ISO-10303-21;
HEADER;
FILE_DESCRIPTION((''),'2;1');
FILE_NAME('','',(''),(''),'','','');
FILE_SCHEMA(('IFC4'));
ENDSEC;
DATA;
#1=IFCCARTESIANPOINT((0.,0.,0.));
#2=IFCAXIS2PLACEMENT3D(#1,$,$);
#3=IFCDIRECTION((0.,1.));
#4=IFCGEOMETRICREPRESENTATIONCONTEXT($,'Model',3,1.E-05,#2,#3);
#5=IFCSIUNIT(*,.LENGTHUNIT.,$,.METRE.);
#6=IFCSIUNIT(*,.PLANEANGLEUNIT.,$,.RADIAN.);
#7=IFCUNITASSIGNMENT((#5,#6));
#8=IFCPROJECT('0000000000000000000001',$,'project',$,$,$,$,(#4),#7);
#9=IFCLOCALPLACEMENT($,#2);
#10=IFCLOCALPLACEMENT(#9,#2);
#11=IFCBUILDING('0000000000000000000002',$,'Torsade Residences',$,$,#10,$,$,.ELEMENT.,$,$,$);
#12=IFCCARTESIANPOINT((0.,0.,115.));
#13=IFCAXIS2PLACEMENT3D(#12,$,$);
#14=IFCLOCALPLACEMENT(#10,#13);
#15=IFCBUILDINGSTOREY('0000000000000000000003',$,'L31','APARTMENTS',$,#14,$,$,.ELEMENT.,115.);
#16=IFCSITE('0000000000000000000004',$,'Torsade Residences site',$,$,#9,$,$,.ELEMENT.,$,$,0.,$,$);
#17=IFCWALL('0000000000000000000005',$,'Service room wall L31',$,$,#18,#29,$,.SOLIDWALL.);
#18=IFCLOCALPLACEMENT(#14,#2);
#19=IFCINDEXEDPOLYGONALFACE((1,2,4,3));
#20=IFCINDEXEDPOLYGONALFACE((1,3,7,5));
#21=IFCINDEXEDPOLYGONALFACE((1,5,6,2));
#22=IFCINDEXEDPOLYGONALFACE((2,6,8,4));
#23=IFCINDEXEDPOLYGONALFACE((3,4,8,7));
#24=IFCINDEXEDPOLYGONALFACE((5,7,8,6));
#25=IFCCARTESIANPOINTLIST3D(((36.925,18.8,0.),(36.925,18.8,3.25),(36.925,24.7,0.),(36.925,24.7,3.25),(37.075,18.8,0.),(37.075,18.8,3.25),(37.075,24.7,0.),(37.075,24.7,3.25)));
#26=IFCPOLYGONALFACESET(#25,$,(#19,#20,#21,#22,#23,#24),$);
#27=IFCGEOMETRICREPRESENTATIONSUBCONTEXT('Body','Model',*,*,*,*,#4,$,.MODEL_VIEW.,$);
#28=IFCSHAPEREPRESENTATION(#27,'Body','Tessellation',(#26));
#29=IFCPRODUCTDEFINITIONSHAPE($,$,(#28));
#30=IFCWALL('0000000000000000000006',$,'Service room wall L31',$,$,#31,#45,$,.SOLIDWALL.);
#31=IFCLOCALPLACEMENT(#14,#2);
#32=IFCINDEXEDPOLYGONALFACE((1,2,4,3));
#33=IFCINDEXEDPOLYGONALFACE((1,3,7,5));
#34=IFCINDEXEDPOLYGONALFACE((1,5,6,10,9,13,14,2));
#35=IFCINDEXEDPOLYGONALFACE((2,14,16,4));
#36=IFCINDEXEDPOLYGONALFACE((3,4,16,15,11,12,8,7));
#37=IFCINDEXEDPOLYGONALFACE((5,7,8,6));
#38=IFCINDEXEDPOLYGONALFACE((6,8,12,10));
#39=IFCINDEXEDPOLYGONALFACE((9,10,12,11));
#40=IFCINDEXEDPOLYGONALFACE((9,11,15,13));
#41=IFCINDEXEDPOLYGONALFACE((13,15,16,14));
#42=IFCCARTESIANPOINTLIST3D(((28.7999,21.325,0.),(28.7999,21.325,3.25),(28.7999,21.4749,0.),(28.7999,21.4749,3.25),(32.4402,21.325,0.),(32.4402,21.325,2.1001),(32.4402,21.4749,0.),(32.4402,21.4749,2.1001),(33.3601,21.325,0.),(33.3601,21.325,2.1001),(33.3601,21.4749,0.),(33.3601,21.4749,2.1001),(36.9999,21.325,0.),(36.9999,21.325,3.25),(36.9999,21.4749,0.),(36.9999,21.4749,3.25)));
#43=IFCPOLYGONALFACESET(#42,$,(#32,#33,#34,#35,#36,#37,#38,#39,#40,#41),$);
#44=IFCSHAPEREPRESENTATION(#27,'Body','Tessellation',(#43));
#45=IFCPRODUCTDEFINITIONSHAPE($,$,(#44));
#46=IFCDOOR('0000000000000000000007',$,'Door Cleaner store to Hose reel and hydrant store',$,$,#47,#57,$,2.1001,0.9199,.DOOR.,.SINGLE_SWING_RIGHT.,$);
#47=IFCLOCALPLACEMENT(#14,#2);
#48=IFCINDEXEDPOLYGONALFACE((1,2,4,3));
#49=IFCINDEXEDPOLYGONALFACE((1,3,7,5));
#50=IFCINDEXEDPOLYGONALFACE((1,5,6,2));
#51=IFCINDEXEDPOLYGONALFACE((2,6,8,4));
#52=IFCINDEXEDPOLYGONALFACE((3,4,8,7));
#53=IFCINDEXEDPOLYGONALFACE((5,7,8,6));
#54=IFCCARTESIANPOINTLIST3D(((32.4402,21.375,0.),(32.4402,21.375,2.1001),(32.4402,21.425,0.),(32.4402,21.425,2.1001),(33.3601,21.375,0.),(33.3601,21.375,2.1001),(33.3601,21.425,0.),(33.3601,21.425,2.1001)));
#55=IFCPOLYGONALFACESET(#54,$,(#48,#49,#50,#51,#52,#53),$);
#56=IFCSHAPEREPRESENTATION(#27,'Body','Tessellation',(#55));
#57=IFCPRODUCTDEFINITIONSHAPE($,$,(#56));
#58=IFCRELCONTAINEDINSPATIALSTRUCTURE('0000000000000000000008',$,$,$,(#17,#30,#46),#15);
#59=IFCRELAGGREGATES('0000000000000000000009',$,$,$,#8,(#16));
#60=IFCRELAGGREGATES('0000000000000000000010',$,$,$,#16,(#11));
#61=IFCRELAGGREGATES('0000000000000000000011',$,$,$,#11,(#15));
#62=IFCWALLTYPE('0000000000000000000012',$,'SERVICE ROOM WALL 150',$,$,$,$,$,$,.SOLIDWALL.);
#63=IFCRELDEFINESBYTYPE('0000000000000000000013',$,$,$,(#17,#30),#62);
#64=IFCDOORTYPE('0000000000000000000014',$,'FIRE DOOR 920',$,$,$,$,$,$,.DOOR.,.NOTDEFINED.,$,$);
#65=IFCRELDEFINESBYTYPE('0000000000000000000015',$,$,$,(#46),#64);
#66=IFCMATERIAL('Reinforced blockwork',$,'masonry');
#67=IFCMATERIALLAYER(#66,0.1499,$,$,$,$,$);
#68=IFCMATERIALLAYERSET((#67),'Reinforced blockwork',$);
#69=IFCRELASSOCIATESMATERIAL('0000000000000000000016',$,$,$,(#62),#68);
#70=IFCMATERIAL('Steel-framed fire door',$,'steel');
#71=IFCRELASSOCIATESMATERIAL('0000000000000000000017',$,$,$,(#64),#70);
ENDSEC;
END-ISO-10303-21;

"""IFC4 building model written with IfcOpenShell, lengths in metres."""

from ifc_helpers import new_model, si_unit, direction, frame, frame_2d, origin, place, context, subcontext, project, spatial, rectangle, extrude, material, layer, layer_set, type_object, element, fill, save


model = new_model("IFC4")

# Units and contexts
model_context = context("Model", 3, precision=1e-05, world=origin(), true_north=direction((0.0, 1.0)))
body_context = subcontext(model_context, "Body", "Model", "MODEL_VIEW")
ifc_project = project(units=[si_unit("LENGTHUNIT", "METRE"), si_unit("PLANEANGLEUNIT", "RADIAN")], contexts=[model_context])

# Site, building, storey
site_placement = place(None, origin())
site = spatial("IfcSite", under=ifc_project, at=site_placement, Name="Torsade Residences site", CompositionType="ELEMENT", RefElevation=0.0)
building_placement = place(site_placement, origin())
building = spatial("IfcBuilding", under=site, at=building_placement, Name="Torsade Residences", CompositionType="ELEMENT")
storey_placement = place(building_placement, frame((0.0, 0.0, 115.0)))
storey = spatial("IfcBuildingStorey", under=building, at=storey_placement, Name="L31", Description="APARTMENTS", CompositionType="ELEMENT", Elevation=115.0)

# Wall
ifc_material_1 = material(Name="Reinforced blockwork", Category="masonry")
ifc_layer_1 = layer(ifc_material_1, 0.1499)
ifc_layer_set_1 = layer_set([ifc_layer_1], Name="Reinforced blockwork")
wall_type_1 = type_object("IfcWallType", Name="SERVICE ROOM WALL 150", PredefinedType="SOLIDWALL", material=ifc_layer_set_1)
wall_1_placement = place(storey_placement, frame((37.0, 18.8, 0.0), z_axis=(0.0, 0.0, 1.0), x_axis=(0.0, 1.0, 0.0)))
element("IfcWall", 1, at=wall_1_placement, inside=storey, type_object=wall_type_1, Name="Service room wall L31", PredefinedType="SOLIDWALL", context=body_context, shape_type="SweptSolid", body=[
    extrude(rectangle(XDim=5.8999, YDim=0.1499, at=frame_2d((2.95, 0.0))), origin(), (0.0, 0.0, 1.0), 3.25),
])

# Wall, opening, door
wall_2_placement = place(storey_placement, frame((37.0, 21.3999, 0.0), z_axis=(0.0, 0.0, 1.0), x_axis=(-1.0, 0.0, 0.0)))
wall_2 = element("IfcWall", 2, at=wall_2_placement, inside=storey, type_object=wall_type_1, Name="Service room wall L31", PredefinedType="SOLIDWALL", context=body_context, shape_type="SweptSolid", body=[
    extrude(rectangle(XDim=8.2, YDim=0.1499, at=frame_2d((4.1001, 0.0))), origin(), (0.0, 0.0, 1.0), 3.25),
])
opening_1_placement = place(wall_2_placement, frame((3.6399, 0.0, 0.0)))
opening_1 = element("IfcOpeningElement", 3, at=opening_1_placement, cuts=wall_2, PredefinedType="OPENING", context=body_context, shape_type="SweptSolid", body=[
    extrude(rectangle(XDim=0.9199, YDim=2.1001, at=frame_2d((0.46, 1.05))), frame((0.0, 0.085, 0.0), z_axis=(0.0, -1.0, 0.0), x_axis=(1.0, 0.0, 0.0)), (0.0, 0.0, 1.0), 0.1699),
])
ifc_material_2 = material(Name="Steel-framed fire door", Category="steel")
door_type_1 = type_object("IfcDoorType", Name="FIRE DOOR 920", OperationType="NOTDEFINED", PredefinedType="DOOR", material=ifc_material_2)
door_1_placement = place(opening_1_placement, origin())
door_1 = element("IfcDoor", 4, at=door_1_placement, inside=storey, type_object=door_type_1, Name="Door Cleaner store to Hose reel and hydrant store", OperationType="SINGLE_SWING_RIGHT", OverallHeight=2.1001, OverallWidth=0.9199, PredefinedType="DOOR", context=body_context, shape_type="SweptSolid", body=[
    extrude(rectangle(XDim=0.9199, YDim=2.1001, at=frame_2d((0.46, 1.05))), frame((0.0, 0.0249, 0.0), z_axis=(0.0, -1.0, 0.0), x_axis=(1.0, 0.0, 0.0)), (0.0, 0.0, 1.0), 0.05),
])
fill(opening_1, door_1)

save(model, "model.ifc")
